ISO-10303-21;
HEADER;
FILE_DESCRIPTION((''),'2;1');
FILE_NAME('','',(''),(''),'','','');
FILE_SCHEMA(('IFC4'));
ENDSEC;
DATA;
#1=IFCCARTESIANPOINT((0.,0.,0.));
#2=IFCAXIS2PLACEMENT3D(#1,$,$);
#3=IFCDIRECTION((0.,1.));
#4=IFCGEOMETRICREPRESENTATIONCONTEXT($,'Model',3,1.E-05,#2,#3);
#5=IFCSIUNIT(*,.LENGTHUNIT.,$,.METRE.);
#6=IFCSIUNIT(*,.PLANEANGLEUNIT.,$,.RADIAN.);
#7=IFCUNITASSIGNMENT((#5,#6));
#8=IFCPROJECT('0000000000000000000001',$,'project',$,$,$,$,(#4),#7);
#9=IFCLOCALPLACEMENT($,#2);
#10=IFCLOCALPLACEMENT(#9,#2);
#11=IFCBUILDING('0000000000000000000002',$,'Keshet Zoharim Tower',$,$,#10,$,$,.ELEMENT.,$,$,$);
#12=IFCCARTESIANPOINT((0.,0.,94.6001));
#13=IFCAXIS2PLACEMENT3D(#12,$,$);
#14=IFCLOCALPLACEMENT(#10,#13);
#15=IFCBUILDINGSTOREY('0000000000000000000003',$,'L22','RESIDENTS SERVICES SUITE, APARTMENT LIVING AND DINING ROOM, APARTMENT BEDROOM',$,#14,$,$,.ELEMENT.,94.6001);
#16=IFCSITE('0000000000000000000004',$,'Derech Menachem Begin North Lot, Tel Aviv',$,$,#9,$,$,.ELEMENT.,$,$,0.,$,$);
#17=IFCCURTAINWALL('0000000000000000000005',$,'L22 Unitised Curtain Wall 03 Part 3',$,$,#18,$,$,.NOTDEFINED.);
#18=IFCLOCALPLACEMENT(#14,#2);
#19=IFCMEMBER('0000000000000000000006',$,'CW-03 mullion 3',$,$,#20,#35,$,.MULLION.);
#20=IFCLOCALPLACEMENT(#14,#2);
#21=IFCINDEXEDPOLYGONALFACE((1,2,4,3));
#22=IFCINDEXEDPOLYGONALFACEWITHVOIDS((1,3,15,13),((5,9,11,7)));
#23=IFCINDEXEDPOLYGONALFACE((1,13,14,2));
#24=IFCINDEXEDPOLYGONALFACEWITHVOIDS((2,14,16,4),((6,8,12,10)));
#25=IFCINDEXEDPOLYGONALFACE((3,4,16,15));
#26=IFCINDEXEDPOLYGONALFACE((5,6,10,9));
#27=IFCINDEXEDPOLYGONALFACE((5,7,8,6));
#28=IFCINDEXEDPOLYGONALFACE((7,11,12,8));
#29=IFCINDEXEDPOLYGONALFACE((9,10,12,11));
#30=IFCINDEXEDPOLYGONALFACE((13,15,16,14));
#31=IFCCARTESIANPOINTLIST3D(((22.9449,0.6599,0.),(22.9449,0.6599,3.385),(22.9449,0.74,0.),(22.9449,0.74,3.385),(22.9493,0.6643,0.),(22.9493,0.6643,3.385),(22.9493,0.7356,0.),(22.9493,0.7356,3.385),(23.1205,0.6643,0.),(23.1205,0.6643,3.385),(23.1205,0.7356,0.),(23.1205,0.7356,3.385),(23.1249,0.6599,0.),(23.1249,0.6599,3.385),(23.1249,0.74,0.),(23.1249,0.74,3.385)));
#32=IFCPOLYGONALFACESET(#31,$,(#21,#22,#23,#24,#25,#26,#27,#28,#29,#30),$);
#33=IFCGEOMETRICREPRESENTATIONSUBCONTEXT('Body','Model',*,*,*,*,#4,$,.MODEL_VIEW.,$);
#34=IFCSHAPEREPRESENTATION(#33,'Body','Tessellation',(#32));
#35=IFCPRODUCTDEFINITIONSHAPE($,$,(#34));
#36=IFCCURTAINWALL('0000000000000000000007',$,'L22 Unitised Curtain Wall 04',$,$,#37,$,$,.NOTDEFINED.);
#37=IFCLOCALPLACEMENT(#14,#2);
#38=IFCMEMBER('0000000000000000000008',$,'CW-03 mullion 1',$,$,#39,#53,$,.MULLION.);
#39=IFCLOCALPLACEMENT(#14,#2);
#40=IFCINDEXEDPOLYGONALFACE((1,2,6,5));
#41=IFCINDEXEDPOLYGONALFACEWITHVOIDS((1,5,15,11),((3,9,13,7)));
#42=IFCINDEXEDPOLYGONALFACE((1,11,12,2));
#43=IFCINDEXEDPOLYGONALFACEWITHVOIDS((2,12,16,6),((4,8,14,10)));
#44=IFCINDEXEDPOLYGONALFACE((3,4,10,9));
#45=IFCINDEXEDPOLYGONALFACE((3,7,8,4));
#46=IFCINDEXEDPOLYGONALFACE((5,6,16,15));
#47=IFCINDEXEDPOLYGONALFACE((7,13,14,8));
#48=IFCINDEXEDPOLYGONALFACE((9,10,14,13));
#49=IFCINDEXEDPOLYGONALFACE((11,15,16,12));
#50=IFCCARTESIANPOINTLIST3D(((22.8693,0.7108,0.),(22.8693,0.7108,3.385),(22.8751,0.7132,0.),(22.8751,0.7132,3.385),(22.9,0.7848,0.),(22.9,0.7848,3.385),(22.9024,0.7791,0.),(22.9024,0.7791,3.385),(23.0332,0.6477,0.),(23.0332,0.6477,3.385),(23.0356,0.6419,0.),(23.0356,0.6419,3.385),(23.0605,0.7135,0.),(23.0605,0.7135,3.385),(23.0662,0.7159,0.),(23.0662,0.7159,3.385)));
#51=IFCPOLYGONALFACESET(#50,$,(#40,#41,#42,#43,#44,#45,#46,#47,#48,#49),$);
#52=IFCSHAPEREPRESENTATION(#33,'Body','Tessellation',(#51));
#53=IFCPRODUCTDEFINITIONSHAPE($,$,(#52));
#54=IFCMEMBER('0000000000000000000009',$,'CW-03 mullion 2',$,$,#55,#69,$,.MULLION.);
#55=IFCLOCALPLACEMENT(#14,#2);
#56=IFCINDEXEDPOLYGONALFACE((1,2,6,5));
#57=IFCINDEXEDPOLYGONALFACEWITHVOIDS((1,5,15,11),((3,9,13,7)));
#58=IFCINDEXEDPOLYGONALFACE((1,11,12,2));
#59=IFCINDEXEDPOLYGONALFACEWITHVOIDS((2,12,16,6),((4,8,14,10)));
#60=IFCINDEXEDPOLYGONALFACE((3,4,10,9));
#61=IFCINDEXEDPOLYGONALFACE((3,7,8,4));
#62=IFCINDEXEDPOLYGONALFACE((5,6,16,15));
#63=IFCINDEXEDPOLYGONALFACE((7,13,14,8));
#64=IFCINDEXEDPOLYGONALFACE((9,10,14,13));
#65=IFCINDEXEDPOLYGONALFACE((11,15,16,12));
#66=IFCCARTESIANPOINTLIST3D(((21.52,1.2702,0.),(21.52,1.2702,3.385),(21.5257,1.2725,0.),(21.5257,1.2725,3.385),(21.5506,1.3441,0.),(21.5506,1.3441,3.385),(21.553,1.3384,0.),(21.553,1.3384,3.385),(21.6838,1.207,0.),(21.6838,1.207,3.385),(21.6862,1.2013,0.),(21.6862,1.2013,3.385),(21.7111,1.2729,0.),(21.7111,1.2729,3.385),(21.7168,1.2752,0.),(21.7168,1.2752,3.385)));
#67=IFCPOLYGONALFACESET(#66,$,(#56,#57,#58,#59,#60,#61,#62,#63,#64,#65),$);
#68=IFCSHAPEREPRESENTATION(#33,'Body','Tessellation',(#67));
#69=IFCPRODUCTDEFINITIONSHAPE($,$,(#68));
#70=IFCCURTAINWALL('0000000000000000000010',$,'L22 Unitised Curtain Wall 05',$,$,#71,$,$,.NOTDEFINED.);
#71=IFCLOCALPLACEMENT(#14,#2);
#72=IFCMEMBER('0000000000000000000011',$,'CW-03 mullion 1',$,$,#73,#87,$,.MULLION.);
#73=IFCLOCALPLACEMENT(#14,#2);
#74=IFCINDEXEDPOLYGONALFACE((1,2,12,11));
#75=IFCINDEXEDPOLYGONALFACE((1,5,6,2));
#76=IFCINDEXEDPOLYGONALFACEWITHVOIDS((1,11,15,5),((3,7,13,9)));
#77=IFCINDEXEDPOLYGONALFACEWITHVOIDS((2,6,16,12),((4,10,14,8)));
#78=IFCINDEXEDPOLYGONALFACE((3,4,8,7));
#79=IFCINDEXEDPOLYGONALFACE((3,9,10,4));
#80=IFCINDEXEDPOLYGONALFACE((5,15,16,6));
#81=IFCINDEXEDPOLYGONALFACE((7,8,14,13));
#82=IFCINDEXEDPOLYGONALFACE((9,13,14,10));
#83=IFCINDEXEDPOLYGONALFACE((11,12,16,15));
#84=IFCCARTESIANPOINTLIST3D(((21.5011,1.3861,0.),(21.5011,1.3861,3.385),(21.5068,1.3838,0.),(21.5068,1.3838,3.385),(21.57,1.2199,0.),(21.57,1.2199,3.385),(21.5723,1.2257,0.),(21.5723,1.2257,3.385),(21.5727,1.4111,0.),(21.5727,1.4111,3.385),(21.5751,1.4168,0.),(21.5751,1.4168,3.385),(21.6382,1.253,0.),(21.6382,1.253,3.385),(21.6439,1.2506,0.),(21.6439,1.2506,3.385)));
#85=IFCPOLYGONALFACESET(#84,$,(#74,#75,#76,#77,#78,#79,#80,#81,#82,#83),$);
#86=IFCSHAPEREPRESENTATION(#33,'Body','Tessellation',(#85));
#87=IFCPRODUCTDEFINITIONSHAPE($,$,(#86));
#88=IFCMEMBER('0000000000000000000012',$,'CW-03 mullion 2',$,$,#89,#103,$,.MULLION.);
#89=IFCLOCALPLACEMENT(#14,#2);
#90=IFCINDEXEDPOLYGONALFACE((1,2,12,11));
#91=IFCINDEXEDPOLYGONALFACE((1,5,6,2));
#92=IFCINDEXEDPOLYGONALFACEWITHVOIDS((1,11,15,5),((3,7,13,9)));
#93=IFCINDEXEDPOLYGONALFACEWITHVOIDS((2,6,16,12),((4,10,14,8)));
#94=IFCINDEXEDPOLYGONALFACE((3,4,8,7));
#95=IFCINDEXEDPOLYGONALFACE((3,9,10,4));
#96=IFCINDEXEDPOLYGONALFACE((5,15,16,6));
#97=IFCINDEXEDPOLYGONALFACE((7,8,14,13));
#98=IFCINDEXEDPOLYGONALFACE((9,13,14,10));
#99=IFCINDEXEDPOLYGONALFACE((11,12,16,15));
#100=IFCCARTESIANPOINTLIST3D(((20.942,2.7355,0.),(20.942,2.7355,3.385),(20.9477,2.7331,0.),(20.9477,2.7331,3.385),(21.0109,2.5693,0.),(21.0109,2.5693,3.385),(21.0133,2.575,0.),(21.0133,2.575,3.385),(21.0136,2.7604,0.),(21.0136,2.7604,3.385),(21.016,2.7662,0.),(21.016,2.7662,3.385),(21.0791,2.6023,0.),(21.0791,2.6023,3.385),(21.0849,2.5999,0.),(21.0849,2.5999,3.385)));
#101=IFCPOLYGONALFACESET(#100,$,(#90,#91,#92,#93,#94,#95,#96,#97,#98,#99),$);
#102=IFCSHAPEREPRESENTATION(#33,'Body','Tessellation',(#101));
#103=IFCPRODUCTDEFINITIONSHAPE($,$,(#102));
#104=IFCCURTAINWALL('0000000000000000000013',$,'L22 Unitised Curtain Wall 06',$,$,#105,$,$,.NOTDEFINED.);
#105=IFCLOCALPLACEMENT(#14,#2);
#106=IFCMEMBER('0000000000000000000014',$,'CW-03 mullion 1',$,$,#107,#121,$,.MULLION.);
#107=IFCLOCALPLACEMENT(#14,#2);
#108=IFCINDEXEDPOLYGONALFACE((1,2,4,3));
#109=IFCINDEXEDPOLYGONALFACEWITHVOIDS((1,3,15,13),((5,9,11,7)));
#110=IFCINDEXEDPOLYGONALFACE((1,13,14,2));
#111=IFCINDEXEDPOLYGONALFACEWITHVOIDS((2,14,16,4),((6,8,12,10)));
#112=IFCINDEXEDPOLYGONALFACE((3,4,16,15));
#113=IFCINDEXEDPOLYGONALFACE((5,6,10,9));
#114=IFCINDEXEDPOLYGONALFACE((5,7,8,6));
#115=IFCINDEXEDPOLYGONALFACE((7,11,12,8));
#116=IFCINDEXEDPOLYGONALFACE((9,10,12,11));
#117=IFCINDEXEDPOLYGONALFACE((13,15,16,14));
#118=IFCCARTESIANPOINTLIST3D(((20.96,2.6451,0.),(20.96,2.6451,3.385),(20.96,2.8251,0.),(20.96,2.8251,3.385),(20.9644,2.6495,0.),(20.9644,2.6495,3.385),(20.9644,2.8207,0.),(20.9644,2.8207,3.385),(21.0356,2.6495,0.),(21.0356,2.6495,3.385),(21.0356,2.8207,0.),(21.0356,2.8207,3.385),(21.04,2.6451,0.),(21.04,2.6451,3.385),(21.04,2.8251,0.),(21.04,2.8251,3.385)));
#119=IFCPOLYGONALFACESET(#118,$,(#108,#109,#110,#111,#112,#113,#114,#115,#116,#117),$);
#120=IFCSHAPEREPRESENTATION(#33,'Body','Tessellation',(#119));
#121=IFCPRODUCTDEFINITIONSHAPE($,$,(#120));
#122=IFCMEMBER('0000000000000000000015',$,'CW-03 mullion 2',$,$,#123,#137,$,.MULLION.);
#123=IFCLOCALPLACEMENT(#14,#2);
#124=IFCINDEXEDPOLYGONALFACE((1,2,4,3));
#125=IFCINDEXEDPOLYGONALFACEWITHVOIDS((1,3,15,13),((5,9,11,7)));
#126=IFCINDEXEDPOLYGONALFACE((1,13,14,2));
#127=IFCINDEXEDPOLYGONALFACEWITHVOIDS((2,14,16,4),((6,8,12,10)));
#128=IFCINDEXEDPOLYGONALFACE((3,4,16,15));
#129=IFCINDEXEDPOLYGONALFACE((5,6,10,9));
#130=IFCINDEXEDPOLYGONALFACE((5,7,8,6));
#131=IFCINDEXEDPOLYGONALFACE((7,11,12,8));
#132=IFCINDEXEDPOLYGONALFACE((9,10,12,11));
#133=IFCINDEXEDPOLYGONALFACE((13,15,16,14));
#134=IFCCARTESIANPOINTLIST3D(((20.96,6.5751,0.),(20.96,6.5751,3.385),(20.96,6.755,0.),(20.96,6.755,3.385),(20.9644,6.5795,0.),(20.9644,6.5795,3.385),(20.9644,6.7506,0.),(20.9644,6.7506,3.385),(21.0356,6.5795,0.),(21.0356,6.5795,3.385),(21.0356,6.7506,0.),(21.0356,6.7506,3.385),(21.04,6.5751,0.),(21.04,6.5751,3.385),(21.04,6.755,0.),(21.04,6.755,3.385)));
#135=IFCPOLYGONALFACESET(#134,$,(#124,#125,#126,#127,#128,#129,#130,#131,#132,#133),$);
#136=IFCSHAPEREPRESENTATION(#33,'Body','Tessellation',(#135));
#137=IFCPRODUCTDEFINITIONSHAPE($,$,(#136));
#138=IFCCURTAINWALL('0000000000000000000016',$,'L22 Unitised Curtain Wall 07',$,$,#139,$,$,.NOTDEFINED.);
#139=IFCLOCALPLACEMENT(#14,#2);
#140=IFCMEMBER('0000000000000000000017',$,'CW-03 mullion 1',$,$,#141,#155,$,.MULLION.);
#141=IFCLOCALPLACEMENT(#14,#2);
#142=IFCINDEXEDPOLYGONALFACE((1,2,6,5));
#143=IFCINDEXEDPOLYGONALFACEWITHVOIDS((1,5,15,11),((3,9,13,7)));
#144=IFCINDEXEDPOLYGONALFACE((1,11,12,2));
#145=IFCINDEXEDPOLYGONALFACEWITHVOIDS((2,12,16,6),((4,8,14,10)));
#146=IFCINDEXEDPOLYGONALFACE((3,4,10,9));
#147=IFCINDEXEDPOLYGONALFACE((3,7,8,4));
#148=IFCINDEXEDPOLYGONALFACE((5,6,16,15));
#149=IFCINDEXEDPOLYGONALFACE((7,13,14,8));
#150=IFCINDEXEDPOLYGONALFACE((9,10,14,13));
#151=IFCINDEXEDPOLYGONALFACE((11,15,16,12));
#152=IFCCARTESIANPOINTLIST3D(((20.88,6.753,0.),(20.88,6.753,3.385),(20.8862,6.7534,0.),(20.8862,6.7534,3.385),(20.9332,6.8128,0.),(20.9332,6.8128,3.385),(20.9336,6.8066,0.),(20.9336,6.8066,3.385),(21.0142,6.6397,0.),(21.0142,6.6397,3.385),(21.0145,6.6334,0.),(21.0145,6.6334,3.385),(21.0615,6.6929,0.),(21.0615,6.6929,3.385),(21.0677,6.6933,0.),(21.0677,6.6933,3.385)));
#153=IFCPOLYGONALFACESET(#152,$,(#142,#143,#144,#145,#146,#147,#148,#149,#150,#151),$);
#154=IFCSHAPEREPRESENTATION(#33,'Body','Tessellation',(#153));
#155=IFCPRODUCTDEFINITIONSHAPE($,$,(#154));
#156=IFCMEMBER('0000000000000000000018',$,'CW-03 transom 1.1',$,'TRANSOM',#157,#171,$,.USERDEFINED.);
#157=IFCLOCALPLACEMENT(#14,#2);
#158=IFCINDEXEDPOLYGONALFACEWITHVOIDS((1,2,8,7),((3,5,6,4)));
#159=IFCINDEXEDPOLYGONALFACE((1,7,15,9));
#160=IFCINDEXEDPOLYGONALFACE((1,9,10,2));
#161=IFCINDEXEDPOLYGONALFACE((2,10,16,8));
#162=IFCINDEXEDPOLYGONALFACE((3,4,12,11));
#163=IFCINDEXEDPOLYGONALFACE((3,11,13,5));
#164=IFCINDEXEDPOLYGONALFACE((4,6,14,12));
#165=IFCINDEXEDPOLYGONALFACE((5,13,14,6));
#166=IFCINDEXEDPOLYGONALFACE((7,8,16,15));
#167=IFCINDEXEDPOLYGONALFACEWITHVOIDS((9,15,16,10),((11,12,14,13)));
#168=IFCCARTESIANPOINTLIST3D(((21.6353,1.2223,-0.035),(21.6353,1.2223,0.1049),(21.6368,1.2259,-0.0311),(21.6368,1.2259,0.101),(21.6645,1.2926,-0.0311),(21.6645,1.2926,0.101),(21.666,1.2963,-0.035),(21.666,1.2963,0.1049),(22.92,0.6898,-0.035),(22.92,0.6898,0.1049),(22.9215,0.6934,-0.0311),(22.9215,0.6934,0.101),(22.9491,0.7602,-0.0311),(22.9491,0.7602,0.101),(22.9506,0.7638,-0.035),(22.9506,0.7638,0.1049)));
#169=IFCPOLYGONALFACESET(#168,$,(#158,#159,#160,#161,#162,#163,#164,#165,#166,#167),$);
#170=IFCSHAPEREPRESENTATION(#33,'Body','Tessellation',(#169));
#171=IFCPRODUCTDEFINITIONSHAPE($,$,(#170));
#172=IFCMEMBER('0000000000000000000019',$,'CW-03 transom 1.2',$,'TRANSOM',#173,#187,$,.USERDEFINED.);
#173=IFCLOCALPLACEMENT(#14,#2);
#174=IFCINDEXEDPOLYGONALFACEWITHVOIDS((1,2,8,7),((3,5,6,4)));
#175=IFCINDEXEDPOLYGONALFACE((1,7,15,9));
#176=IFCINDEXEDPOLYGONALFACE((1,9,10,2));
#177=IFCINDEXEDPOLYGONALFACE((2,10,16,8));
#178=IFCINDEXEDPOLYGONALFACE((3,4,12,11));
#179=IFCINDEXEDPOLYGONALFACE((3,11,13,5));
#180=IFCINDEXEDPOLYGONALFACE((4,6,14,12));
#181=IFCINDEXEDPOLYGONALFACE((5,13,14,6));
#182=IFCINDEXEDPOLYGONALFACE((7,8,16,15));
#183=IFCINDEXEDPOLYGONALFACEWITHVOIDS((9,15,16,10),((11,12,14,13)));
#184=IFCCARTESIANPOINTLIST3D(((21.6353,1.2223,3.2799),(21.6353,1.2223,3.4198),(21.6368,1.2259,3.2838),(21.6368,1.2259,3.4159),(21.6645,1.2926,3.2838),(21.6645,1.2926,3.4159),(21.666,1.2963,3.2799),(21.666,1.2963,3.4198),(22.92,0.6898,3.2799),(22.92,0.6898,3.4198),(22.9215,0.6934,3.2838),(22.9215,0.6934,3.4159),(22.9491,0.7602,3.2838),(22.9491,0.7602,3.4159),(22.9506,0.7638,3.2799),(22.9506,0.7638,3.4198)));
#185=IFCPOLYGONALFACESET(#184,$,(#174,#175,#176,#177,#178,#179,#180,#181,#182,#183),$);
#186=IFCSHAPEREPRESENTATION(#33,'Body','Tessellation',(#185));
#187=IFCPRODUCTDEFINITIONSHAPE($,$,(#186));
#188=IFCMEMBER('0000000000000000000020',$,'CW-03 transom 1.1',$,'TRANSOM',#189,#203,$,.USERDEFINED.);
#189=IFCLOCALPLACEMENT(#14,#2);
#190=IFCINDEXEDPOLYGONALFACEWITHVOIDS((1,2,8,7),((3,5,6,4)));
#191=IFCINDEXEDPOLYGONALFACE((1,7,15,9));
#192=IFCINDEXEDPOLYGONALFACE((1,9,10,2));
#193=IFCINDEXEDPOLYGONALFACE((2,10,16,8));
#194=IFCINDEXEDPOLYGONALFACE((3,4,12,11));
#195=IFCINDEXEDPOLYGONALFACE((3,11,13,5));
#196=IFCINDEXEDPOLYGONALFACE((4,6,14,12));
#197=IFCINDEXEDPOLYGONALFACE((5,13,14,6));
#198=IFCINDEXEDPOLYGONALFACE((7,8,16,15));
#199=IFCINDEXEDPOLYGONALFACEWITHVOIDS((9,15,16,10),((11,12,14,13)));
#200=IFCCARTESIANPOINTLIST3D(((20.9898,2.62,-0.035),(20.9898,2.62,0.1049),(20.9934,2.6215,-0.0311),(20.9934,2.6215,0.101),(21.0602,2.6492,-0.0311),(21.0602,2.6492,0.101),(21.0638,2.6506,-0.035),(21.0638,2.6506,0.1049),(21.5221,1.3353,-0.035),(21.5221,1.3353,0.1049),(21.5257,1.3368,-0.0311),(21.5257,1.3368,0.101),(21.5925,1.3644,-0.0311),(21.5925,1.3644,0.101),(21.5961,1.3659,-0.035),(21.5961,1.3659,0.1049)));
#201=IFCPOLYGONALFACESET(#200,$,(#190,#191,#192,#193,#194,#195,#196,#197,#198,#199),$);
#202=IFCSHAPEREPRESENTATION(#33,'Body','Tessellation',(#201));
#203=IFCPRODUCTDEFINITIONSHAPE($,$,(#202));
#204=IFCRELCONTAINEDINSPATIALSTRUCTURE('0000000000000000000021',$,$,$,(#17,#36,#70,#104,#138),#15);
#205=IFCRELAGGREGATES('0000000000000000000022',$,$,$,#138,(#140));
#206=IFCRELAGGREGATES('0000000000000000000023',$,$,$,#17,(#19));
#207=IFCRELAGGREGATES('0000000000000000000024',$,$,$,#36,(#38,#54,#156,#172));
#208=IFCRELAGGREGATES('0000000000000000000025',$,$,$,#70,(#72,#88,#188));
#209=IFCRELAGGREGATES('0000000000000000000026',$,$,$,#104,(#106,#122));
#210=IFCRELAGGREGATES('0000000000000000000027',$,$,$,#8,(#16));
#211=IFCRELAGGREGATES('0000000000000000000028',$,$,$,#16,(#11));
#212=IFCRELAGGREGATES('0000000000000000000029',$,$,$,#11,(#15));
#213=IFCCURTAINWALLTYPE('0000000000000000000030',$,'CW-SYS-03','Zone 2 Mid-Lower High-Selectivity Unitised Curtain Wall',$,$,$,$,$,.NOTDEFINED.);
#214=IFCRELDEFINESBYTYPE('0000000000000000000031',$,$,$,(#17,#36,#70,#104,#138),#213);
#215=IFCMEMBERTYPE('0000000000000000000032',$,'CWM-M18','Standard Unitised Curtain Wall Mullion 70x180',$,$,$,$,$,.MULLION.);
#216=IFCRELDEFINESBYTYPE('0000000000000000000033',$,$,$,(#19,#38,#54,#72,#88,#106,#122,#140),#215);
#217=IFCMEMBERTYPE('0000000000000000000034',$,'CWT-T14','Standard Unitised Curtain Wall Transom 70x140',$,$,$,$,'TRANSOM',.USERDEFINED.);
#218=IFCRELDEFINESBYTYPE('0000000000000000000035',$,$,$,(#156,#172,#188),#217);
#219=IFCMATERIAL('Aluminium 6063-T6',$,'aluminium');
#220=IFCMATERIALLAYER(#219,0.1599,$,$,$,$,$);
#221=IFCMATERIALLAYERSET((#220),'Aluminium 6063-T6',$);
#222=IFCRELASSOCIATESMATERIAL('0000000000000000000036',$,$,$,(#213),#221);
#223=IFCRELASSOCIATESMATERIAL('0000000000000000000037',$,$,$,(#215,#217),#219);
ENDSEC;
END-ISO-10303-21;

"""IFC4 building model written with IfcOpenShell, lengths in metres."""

from ifc_helpers import new_model, si_unit, direction, frame, origin, origin_2d, place, context, subcontext, project, spatial, hollow_rectangle, extrude, material, layer, layer_set, material_profile, profile_set, type_object, element, aggregate, save


model = new_model("IFC4")

# Units and contexts
model_context = context("Model", 3, precision=1e-05, world=origin(), true_north=direction((0.0, 1.0)))
body_context = subcontext(model_context, "Body", "Model", "MODEL_VIEW")
ifc_project = project(units=[si_unit("LENGTHUNIT", "METRE"), si_unit("PLANEANGLEUNIT", "RADIAN")], contexts=[model_context])

# Site, building, storey
site_placement = place(None, origin())
site = spatial("IfcSite", under=ifc_project, at=site_placement, Name="Derech Menachem Begin North Lot, Tel Aviv", CompositionType="ELEMENT", RefElevation=0.0)
building_placement = place(site_placement, origin())
building = spatial("IfcBuilding", under=site, at=building_placement, Name="Keshet Zoharim Tower", CompositionType="ELEMENT")
storey_placement = place(building_placement, frame((0.0, 0.0, 94.6001)))
storey = spatial("IfcBuildingStorey", under=building, at=storey_placement, Name="L22", Description="RESIDENTS SERVICES SUITE, APARTMENT LIVING AND DINING ROOM, APARTMENT BEDROOM", CompositionType="ELEMENT", Elevation=94.6001)

# Curtain wall, member
ifc_material_1 = material(Name="Aluminium 6063-T6", Category="aluminium")
ifc_layer_1 = layer(ifc_material_1, 0.1599)
ifc_layer_set_1 = layer_set([ifc_layer_1], Name="Aluminium 6063-T6")
curtain_wall_type = type_object("IfcCurtainWallType", Name="CW-SYS-03", Description="Zone 2 Mid-Lower High-Selectivity Unitised Curtain Wall", PredefinedType="NOTDEFINED", material=ifc_layer_set_1)
curtain_wall_1_placement = place(storey_placement, origin())
curtain_wall_1 = element("IfcCurtainWall", 1, at=curtain_wall_1_placement, inside=storey, type_object=curtain_wall_type, Name="L22 Unitised Curtain Wall 03 Part 3", PredefinedType="NOTDEFINED")
ifc_material_profile_1 = material_profile(ifc_material_1, hollow_rectangle(XDim=0.0801, YDim=0.1799, WallThickness=0.0044, at=origin_2d()), Name="MUL-80x180")
ifc_profile_set_1 = profile_set([ifc_material_profile_1], Name="Aluminium 6063-T6")
member_type_1 = type_object("IfcMemberType", Name="CWM-M18", Description="Standard Unitised Curtain Wall Mullion 70x180", PredefinedType="MULLION", material=ifc_profile_set_1)
member_1_placement = place(storey_placement, frame((23.0349, 0.7, 0.0), z_axis=(0.0, 0.0, 1.0), x_axis=(0.0, -1.0, 0.0)))
member_1 = element("IfcMember", 2, at=member_1_placement, type_object=member_type_1, Name="CW-03 mullion 3", PredefinedType="MULLION", context=body_context, shape_type="SweptSolid", body=[
    extrude(hollow_rectangle(XDim=0.0801, YDim=0.1799, WallThickness=0.0044, at=origin_2d()), origin(), (0.0, 0.0, 1.0), 3.385),
])

# Curtain walls, members
curtain_wall_2_placement = place(storey_placement, origin())
curtain_wall_2 = element("IfcCurtainWall", 3, at=curtain_wall_2_placement, inside=storey, type_object=curtain_wall_type, Name="L22 Unitised Curtain Wall 04", PredefinedType="NOTDEFINED")
member_2_placement = place(storey_placement, frame((22.9678, 0.7134, 0.0), z_axis=(0.0, 0.0, 1.0), x_axis=(-0.382852, -0.92381, 0.0)))
member_2 = element("IfcMember", 4, at=member_2_placement, type_object=member_type_1, Name="CW-03 mullion 1", PredefinedType="MULLION", context=body_context, shape_type="SweptSolid", body=[
    extrude(hollow_rectangle(XDim=0.0801, YDim=0.1799, WallThickness=0.0044, at=origin_2d()), origin(), (0.0, 0.0, 1.0), 3.385),
])
member_3_placement = place(storey_placement, frame((21.6184, 1.2727, 0.0), z_axis=(0.0, 0.0, 1.0), x_axis=(-0.382852, -0.92381, 0.0)))
member_3 = element("IfcMember", 5, at=member_3_placement, type_object=member_type_1, Name="CW-03 mullion 2", PredefinedType="MULLION", context=body_context, shape_type="SweptSolid", body=[
    extrude(hollow_rectangle(XDim=0.0801, YDim=0.1799, WallThickness=0.0044, at=origin_2d()), origin(), (0.0, 0.0, 1.0), 3.385),
])
curtain_wall_3_placement = place(storey_placement, origin())
curtain_wall_3 = element("IfcCurtainWall", 6, at=curtain_wall_3_placement, inside=storey, type_object=curtain_wall_type, Name="L22 Unitised Curtain Wall 05", PredefinedType="NOTDEFINED")
member_4_placement = place(storey_placement, frame((21.5725, 1.3184, 0.0), z_axis=(0.0, 0.0, 1.0), x_axis=(-0.92381, -0.382852, 0.0)))
member_4 = element("IfcMember", 7, at=member_4_placement, type_object=member_type_1, Name="CW-03 mullion 1", PredefinedType="MULLION", context=body_context, shape_type="SweptSolid", body=[
    extrude(hollow_rectangle(XDim=0.0801, YDim=0.1799, WallThickness=0.0044, at=origin_2d()), origin(), (0.0, 0.0, 1.0), 3.385),
])
member_5_placement = place(storey_placement, frame((21.0134, 2.6677, 0.0), z_axis=(0.0, 0.0, 1.0), x_axis=(-0.92381, -0.382852, 0.0)))
member_5 = element("IfcMember", 8, at=member_5_placement, type_object=member_type_1, Name="CW-03 mullion 2", PredefinedType="MULLION", context=body_context, shape_type="SweptSolid", body=[
    extrude(hollow_rectangle(XDim=0.0801, YDim=0.1799, WallThickness=0.0044, at=origin_2d()), origin(), (0.0, 0.0, 1.0), 3.385),
])
curtain_wall_4_placement = place(storey_placement, origin())
curtain_wall_4 = element("IfcCurtainWall", 9, at=curtain_wall_4_placement, inside=storey, type_object=curtain_wall_type, Name="L22 Unitised Curtain Wall 06", PredefinedType="NOTDEFINED")
member_6_placement = place(storey_placement, frame((21.0, 2.7351, 0.0), z_axis=(0.0, 0.0, 1.0), x_axis=(-1.0, 0.0, 0.0)))
member_6 = element("IfcMember", 10, at=member_6_placement, type_object=member_type_1, Name="CW-03 mullion 1", PredefinedType="MULLION", context=body_context, shape_type="SweptSolid", body=[
    extrude(hollow_rectangle(XDim=0.0801, YDim=0.1799, WallThickness=0.0044, at=origin_2d()), origin(), (0.0, 0.0, 1.0), 3.385),
])
member_7_placement = place(storey_placement, frame((21.0, 6.665, 0.0), z_axis=(0.0, 0.0, 1.0), x_axis=(-1.0, 0.0, 0.0)))
member_7 = element("IfcMember", 11, at=member_7_placement, type_object=member_type_1, Name="CW-03 mullion 2", PredefinedType="MULLION", context=body_context, shape_type="SweptSolid", body=[
    extrude(hollow_rectangle(XDim=0.0801, YDim=0.1799, WallThickness=0.0044, at=origin_2d()), origin(), (0.0, 0.0, 1.0), 3.385),
])

# Curtain wall, member
curtain_wall_5_placement = place(storey_placement, origin())
curtain_wall_5 = element("IfcCurtainWall", 12, at=curtain_wall_5_placement, inside=storey, type_object=curtain_wall_type, Name="L22 Unitised Curtain Wall 07", PredefinedType="NOTDEFINED")
member_8_placement = place(storey_placement, frame((20.9739, 6.7231, 0.0), z_axis=(0.0, 0.0, 1.0), x_axis=(-0.66436, -0.747412, 0.0)))
member_8 = element("IfcMember", 13, at=member_8_placement, type_object=member_type_1, Name="CW-03 mullion 1", PredefinedType="MULLION", context=body_context, shape_type="SweptSolid", body=[
    extrude(hollow_rectangle(XDim=0.0801, YDim=0.1799, WallThickness=0.0044, at=origin_2d()), origin(), (0.0, 0.0, 1.0), 3.385),
])

# Members
ifc_material_profile_2 = material_profile(ifc_material_1, hollow_rectangle(XDim=0.0801, YDim=0.1399, WallThickness=0.0039, at=origin_2d()), Name="TRN-80x140")
ifc_profile_set_2 = profile_set([ifc_material_profile_2], Name="Aluminium 6063-T6")
member_type_2 = type_object("IfcMemberType", Name="CWT-T14", Description="Standard Unitised Curtain Wall Transom 70x140", ElementType="TRANSOM", PredefinedType="USERDEFINED", material=ifc_profile_set_2)
member_9_placement = place(storey_placement, frame((22.9353, 0.7268, 0.0349), z_axis=(-0.923792, 0.382894, 0.0), x_axis=(-0.382894, -0.923792, 0.0)))
member_9 = element("IfcMember", 14, at=member_9_placement, type_object=member_type_2, Name="CW-03 transom 1.1", ObjectType="TRANSOM", PredefinedType="USERDEFINED", context=body_context, shape_type="SweptSolid", body=[
    extrude(hollow_rectangle(XDim=0.0801, YDim=0.1399, WallThickness=0.0039, at=origin_2d()), origin(), (0.0, 0.0, 1.0), 1.3906),
])
member_10_placement = place(storey_placement, frame((22.9353, 0.7268, 3.3499), z_axis=(-0.923792, 0.382894, 0.0), x_axis=(-0.382894, -0.923792, 0.0)))
member_10 = element("IfcMember", 15, at=member_10_placement, type_object=member_type_2, Name="CW-03 transom 1.2", ObjectType="TRANSOM", PredefinedType="USERDEFINED", context=body_context, shape_type="SweptSolid", body=[
    extrude(hollow_rectangle(XDim=0.0801, YDim=0.1399, WallThickness=0.0039, at=origin_2d()), origin(), (0.0, 0.0, 1.0), 1.3906),
])
member_11_placement = place(storey_placement, frame((21.5591, 1.3506, 0.0349), z_axis=(-0.382745, 0.923854, 0.0), x_axis=(-0.923854, -0.382745, 0.0)))
member_11 = element("IfcMember", 16, at=member_11_placement, type_object=member_type_2, Name="CW-03 transom 1.1", ObjectType="TRANSOM", PredefinedType="USERDEFINED", context=body_context, shape_type="SweptSolid", body=[
    extrude(hollow_rectangle(XDim=0.0801, YDim=0.1399, WallThickness=0.0039, at=origin_2d()), origin(), (0.0, 0.0, 1.0), 1.3906),
])
aggregate(curtain_wall_5, [member_8])

aggregate(curtain_wall_1, [member_1])
aggregate(curtain_wall_2, [member_2, member_3, member_9, member_10])
aggregate(curtain_wall_3, [member_4, member_5, member_11])
aggregate(curtain_wall_4, [member_6, member_7])

save(model, "model.ifc")
